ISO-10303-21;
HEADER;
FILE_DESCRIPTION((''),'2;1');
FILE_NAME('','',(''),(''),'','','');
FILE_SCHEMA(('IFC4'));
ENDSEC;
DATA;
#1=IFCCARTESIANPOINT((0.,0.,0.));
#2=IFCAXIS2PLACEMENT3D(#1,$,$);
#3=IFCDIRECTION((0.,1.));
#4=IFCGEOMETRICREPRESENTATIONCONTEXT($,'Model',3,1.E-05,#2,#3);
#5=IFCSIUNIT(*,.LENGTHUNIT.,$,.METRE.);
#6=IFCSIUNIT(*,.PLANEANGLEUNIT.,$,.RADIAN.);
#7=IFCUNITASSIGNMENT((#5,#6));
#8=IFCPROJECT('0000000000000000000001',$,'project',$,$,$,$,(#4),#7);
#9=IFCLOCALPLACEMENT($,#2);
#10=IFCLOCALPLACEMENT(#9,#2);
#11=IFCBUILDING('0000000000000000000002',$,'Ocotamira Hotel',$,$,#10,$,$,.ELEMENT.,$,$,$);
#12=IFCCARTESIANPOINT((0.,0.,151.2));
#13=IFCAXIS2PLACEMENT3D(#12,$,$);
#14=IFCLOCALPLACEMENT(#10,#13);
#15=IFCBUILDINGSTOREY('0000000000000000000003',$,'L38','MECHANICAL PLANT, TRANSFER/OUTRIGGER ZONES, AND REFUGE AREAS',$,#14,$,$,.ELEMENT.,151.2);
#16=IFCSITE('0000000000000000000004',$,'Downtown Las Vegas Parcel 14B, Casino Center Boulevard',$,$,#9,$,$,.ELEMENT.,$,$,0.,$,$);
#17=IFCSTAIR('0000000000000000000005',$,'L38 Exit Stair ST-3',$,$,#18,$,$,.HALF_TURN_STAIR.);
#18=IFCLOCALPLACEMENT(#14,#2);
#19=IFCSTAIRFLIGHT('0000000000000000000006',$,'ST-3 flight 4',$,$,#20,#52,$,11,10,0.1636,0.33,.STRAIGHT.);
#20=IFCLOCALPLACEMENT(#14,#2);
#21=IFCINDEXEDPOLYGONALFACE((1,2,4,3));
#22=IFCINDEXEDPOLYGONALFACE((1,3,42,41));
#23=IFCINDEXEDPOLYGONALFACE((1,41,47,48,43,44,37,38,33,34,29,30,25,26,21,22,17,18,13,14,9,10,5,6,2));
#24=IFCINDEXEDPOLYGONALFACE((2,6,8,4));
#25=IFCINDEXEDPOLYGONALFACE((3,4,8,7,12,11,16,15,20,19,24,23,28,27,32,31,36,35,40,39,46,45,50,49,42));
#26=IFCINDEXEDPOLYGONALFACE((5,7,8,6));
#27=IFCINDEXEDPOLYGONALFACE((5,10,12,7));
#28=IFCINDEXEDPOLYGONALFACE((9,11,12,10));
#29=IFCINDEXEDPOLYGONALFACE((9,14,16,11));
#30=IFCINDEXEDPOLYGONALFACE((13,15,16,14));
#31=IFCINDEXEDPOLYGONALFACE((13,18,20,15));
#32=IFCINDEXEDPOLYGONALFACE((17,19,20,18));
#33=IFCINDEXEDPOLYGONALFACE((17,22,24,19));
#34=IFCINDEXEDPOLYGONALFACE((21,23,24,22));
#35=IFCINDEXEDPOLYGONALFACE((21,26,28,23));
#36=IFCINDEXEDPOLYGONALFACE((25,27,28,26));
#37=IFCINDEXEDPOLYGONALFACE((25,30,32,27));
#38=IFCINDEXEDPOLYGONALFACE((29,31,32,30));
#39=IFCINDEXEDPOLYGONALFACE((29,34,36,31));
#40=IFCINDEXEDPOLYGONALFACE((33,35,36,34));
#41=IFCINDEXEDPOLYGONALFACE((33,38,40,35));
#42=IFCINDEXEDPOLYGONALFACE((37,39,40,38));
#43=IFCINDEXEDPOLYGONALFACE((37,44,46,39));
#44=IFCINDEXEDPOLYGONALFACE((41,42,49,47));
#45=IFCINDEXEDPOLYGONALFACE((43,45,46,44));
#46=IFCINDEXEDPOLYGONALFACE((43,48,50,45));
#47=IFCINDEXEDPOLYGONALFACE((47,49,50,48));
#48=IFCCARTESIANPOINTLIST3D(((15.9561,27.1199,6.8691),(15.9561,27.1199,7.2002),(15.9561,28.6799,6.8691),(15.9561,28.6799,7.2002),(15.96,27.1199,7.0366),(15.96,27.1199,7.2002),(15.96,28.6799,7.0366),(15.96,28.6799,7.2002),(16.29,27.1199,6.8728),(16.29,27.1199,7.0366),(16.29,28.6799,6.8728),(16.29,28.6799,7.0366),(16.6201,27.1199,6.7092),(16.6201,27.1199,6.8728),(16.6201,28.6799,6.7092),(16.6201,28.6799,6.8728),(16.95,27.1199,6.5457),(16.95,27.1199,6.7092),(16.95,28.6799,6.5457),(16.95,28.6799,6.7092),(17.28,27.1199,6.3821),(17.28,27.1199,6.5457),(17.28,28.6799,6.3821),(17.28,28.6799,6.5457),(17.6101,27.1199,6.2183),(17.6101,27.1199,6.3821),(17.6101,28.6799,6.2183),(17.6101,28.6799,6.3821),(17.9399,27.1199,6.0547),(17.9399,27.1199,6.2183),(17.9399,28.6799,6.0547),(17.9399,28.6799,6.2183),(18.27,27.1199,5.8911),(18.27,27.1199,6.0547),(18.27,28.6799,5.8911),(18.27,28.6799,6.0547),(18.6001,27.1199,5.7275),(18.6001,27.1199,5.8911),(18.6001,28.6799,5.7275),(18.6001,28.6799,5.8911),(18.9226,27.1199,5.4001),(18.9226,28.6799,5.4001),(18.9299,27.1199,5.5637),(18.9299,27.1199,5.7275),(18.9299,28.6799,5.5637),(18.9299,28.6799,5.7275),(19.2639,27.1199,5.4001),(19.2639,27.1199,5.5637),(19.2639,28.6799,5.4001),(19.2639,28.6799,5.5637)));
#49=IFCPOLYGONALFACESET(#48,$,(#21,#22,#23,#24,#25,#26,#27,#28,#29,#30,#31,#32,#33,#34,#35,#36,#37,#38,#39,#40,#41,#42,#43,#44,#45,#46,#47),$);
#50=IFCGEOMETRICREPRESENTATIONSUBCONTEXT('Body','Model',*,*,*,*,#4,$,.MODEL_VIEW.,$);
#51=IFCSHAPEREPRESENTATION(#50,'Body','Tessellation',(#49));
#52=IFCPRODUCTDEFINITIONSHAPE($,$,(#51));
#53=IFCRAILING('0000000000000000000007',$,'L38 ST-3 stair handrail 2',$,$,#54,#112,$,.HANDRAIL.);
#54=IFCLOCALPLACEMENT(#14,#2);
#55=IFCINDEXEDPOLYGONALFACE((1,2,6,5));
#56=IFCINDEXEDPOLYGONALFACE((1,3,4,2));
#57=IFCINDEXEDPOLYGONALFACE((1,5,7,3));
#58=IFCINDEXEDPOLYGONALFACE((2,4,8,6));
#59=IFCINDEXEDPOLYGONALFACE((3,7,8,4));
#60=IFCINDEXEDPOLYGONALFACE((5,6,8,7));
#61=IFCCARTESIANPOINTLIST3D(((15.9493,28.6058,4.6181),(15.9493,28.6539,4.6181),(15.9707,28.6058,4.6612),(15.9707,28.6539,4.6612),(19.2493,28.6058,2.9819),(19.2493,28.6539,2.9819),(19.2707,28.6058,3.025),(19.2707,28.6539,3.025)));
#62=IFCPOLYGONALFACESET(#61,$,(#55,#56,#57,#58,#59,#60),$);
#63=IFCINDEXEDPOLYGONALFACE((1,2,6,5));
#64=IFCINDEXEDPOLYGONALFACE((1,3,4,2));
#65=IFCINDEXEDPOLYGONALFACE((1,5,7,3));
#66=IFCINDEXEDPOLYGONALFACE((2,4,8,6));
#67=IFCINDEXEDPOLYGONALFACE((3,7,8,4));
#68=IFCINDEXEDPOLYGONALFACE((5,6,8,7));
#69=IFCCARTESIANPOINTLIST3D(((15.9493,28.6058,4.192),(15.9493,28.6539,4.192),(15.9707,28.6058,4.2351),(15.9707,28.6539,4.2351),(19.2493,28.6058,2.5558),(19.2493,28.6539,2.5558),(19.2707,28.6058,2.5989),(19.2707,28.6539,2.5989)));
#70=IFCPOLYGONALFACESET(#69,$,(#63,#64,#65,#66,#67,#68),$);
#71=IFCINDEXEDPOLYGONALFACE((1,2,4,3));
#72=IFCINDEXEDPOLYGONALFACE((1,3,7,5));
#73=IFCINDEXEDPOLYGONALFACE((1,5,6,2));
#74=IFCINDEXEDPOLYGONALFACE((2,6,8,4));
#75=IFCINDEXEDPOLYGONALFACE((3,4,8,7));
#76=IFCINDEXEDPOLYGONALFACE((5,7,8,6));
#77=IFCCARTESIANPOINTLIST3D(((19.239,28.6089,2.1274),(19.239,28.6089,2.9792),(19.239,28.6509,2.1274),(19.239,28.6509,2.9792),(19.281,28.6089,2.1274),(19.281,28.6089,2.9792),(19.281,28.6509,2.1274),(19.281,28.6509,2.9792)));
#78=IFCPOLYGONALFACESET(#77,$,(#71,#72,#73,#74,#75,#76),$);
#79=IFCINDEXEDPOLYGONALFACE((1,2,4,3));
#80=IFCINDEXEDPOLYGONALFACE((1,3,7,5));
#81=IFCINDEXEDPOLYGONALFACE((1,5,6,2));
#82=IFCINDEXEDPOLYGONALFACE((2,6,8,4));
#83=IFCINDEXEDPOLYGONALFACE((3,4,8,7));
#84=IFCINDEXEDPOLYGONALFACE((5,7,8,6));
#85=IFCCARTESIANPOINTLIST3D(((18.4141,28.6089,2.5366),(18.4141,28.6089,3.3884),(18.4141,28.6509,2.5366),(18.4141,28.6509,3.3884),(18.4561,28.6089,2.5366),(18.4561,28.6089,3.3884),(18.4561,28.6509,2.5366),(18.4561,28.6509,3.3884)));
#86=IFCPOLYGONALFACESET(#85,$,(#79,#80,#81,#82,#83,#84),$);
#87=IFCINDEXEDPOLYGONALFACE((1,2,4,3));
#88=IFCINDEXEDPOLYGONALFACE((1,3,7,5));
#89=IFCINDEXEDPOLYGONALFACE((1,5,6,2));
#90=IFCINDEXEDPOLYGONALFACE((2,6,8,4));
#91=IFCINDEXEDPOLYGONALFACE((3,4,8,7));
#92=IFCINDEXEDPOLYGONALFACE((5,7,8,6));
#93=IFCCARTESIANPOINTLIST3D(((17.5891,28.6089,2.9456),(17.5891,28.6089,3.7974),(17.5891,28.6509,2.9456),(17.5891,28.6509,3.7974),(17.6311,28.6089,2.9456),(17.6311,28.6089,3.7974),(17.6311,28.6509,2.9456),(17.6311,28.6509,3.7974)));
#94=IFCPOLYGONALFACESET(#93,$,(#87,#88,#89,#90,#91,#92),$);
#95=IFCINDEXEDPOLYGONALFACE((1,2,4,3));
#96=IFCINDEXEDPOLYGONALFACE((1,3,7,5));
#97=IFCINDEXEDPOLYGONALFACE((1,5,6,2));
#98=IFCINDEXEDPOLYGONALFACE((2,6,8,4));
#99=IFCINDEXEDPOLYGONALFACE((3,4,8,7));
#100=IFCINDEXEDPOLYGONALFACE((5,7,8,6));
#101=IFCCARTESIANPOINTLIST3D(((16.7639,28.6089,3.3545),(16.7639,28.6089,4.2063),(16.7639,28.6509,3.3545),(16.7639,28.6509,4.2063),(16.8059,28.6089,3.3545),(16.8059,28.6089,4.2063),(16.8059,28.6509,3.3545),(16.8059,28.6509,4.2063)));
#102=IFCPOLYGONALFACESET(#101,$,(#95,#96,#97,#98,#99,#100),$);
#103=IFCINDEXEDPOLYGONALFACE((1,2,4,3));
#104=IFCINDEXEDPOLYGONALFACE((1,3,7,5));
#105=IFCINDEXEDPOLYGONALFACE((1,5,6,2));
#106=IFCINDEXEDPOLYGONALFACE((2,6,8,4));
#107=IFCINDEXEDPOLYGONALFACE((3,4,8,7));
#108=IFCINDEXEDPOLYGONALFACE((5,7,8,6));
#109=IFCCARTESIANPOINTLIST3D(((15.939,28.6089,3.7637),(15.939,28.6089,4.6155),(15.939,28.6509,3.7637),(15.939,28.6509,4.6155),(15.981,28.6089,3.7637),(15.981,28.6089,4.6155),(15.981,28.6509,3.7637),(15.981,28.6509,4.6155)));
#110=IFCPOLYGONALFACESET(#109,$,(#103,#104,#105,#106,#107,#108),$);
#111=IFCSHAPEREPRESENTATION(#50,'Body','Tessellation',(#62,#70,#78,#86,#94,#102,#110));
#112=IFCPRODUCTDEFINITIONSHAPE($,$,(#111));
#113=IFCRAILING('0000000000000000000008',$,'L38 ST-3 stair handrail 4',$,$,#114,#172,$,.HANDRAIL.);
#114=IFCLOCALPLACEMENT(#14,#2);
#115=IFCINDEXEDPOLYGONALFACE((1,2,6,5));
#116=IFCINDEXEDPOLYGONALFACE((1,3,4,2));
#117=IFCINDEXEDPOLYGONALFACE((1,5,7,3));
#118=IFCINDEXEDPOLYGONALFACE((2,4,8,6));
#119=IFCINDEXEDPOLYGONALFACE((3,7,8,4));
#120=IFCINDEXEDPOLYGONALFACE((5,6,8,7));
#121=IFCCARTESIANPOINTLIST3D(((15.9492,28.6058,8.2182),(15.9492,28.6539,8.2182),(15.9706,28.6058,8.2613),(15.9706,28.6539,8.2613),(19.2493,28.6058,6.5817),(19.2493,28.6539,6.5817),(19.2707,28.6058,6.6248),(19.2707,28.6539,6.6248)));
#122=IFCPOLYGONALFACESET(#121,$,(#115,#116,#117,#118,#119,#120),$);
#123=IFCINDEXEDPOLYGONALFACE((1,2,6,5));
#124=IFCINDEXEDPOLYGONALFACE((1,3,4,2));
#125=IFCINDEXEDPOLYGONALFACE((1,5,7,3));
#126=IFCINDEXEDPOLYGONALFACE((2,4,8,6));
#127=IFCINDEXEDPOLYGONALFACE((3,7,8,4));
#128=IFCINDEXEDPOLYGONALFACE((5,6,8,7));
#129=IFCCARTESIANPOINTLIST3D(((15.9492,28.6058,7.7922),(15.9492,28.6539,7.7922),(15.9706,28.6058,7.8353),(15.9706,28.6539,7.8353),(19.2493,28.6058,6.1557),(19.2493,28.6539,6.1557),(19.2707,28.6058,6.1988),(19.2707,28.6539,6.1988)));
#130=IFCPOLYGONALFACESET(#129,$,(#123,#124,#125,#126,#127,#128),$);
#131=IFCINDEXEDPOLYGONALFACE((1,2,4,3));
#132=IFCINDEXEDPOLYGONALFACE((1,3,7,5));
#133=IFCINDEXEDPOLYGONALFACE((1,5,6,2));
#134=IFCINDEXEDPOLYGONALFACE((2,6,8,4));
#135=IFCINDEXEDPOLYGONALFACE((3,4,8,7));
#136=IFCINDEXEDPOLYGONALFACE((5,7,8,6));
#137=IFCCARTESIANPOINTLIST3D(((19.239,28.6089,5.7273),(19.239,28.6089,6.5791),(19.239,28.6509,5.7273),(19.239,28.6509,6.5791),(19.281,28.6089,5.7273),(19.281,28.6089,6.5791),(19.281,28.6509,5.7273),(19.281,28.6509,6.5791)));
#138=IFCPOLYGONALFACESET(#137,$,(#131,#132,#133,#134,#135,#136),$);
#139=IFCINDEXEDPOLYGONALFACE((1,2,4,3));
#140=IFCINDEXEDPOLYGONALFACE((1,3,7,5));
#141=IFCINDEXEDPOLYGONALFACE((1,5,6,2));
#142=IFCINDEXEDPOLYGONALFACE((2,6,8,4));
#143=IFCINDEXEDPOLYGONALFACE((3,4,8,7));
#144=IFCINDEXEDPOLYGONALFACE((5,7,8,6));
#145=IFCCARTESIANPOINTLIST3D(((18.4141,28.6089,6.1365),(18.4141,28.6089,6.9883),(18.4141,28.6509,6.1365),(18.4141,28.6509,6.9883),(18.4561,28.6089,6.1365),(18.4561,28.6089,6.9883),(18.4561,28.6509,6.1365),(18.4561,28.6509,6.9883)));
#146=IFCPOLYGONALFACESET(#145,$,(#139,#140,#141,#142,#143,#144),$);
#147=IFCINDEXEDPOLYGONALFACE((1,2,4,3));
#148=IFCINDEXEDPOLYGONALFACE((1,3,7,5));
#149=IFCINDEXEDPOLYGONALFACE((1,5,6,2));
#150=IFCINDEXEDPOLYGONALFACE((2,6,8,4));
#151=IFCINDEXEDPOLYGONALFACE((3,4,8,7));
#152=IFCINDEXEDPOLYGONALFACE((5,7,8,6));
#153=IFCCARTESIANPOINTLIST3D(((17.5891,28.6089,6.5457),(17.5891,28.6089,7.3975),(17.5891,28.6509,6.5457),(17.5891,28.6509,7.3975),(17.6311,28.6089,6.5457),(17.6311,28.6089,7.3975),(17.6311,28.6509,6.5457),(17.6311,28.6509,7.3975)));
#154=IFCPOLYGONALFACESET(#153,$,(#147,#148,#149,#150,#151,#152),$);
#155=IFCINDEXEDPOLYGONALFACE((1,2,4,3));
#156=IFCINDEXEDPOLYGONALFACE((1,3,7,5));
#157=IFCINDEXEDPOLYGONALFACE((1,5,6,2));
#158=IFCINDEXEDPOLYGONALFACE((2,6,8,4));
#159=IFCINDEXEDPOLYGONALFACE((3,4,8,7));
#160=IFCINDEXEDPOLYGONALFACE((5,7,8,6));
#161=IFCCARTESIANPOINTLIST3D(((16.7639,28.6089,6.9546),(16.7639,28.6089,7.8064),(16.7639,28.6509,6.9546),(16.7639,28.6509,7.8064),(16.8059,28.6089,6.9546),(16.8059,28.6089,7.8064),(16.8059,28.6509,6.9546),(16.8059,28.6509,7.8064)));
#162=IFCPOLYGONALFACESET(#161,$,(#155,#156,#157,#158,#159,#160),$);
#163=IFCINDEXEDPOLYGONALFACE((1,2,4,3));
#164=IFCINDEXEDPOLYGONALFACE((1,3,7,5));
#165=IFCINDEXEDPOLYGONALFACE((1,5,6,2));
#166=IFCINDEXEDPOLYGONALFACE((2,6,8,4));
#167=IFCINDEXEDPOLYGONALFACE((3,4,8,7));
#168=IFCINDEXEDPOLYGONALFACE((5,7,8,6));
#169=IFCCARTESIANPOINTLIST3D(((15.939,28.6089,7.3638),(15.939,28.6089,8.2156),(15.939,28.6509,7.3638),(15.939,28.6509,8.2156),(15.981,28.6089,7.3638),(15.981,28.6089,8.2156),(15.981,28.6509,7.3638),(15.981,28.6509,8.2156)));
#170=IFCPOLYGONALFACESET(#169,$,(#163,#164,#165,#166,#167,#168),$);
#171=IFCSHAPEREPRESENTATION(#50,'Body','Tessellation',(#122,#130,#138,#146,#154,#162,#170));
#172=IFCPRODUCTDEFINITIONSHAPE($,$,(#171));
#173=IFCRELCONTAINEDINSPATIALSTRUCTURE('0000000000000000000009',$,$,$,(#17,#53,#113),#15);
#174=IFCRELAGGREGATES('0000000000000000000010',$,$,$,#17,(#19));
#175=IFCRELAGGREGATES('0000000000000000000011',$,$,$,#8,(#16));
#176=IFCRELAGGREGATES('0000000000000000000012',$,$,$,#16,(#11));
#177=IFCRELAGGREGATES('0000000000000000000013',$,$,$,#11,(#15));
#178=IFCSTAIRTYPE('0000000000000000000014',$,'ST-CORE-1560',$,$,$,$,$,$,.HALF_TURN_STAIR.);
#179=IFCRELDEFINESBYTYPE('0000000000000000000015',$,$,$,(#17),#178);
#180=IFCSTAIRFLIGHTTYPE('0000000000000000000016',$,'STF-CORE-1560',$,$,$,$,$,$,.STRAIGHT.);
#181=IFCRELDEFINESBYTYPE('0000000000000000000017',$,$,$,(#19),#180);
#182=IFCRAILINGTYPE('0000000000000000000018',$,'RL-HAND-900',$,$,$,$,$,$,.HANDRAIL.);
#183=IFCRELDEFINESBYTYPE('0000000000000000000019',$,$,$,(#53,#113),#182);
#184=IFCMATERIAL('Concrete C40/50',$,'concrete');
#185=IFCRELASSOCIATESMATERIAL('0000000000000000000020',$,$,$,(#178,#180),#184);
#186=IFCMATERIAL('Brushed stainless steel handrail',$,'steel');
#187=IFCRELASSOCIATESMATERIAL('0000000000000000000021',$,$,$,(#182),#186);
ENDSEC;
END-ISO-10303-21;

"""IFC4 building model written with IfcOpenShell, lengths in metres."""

from ifc_helpers import new_model, si_unit, direction, frame, origin, origin_2d, place, context, subcontext, project, spatial, polyline, rectangle, outline, extrude, source, transform, mapped, material, type_object, element, aggregate, save


model = new_model("IFC4")

# Units and contexts
model_context = context("Model", 3, precision=1e-05, world=origin(), true_north=direction((0.0, 1.0)))
body_context = subcontext(model_context, "Body", "Model", "MODEL_VIEW")
ifc_project = project(units=[si_unit("LENGTHUNIT", "METRE"), si_unit("PLANEANGLEUNIT", "RADIAN")], contexts=[model_context])

# Site, building, storey
site_placement = place(None, origin())
site = spatial("IfcSite", under=ifc_project, at=site_placement, Name="Downtown Las Vegas Parcel 14B, Casino Center Boulevard", CompositionType="ELEMENT", RefElevation=0.0)
building_placement = place(site_placement, origin())
building = spatial("IfcBuilding", under=site, at=building_placement, Name="Ocotamira Hotel", CompositionType="ELEMENT")
storey_placement = place(building_placement, frame((0.0, 0.0, 151.2)))
storey = spatial("IfcBuildingStorey", under=building, at=storey_placement, Name="L38", Description="MECHANICAL PLANT, TRANSFER/OUTRIGGER ZONES, AND REFUGE AREAS", CompositionType="ELEMENT", Elevation=151.2)

# Stair, stair flight
ifc_material_1 = material(Name="Concrete C40/50", Category="concrete")
stair_type = type_object("IfcStairType", Name="ST-CORE-1560", PredefinedType="HALF_TURN_STAIR", material=ifc_material_1)
stair_flight_type = type_object("IfcStairFlightType", Name="STF-CORE-1560", PredefinedType="STRAIGHT", material=ifc_material_1)
shared_shape_1 = source(origin(), body_context, "Body", "SweptSolid", [
    extrude(outline(polyline([(-0.0039, 0.0), (-0.0039, 0.1636), (0.3301, 0.1636), (0.3301, 0.3274), (0.6599, 0.3274), (0.6599, 0.491), (0.99, 0.491), (0.99, 0.6545), (1.3201, 0.6545), (1.3201, 0.8181), (1.6499, 0.8181), (1.6499, 0.9819), (1.98, 0.9819), (1.98, 1.1455), (2.3101, 1.1455), (2.3101, 1.3091), (2.6399, 1.3091), (2.6399, 1.4727), (2.97, 1.4727), (2.97, 1.6365), (3.3, 1.6365), (3.3, 1.8), (3.304, 1.8), (3.304, 1.469), (0.3374, 0.0), (-0.0039, 0.0)])), frame((0.0, 0.78, 0.0), z_axis=(0.0, -1.0, 0.0), x_axis=(1.0, 0.0, 0.0)), (0.0, 0.0, 1.0), 1.5601),
])
stair_1_placement = place(storey_placement, origin())
stair_1 = element("IfcStair", 1, at=stair_1_placement, inside=storey, type_object=stair_type, Name="L38 Exit Stair ST-3", PredefinedType="HALF_TURN_STAIR")
stair_flight_1_placement = place(storey_placement, frame((19.26, 27.8999, 5.4001), z_axis=(0.0, 0.0, 1.0), x_axis=(-1.0, 0.0, 0.0)))
stair_flight_1 = element("IfcStairFlight", 2, at=stair_flight_1_placement, type_object=stair_flight_type, Name="ST-3 flight 4", NumberOfRisers=11, NumberOfTreads=10, PredefinedType="STRAIGHT", RiserHeight=0.1636, TreadLength=0.33, context=body_context, shape_type="MappedRepresentation", body=[
    mapped(shared_shape_1, transform((0.0, 0.0, 0.0), scale=1.0)),
])
aggregate(stair_1, [stair_flight_1])

# Railings
ifc_material_2 = material(Name="Brushed stainless steel handrail", Category="steel")
railing_type_1 = type_object("IfcRailingType", Name="RL-HAND-900", PredefinedType="HANDRAIL", material=ifc_material_2)
railing_1_placement = place(storey_placement, frame((19.26, 28.6299, 2.1274)))
element("IfcRailing", 3, at=railing_1_placement, inside=storey, type_object=railing_type_1, Name="L38 ST-3 stair handrail 2", PredefinedType="HANDRAIL", context=body_context, shape_type="SweptSolid", body=[
    extrude(rectangle(XDim=0.0481, YDim=0.0481, at=origin_2d()), frame((0.0, 0.0, 0.876), z_axis=(-0.89592, 0.0, 0.444215), x_axis=(0.0, -1.0, 0.0)), (0.0, 0.0, 1.0), 3.6833),
    extrude(rectangle(XDim=0.0481, YDim=0.0481, at=origin_2d()), frame((0.0, 0.0, 0.45), z_axis=(-0.89592, 0.0, 0.444215), x_axis=(0.0, -1.0, 0.0)), (0.0, 0.0, 1.0), 3.6833),
    extrude(rectangle(XDim=0.042, YDim=0.042, at=origin_2d()), origin(), (0.0, 0.0, 1.0), 0.8518),
    extrude(rectangle(XDim=0.042, YDim=0.042, at=origin_2d()), frame((-0.825, 0.0, 0.4092)), (0.0, 0.0, 1.0), 0.8518),
    extrude(rectangle(XDim=0.042, YDim=0.042, at=origin_2d()), frame((-1.6499, 0.0, 0.8181)), (0.0, 0.0, 1.0), 0.8518),
    extrude(rectangle(XDim=0.042, YDim=0.042, at=origin_2d()), frame((-2.4751, 0.0, 1.2271)), (0.0, 0.0, 1.0), 0.8518),
    extrude(rectangle(XDim=0.042, YDim=0.042, at=origin_2d()), frame((-3.3, 0.0, 1.6362)), (0.0, 0.0, 1.0), 0.8518),
])
railing_2_placement = place(storey_placement, frame((19.26, 28.6299, 5.7273)))
element("IfcRailing", 4, at=railing_2_placement, inside=storey, type_object=railing_type_1, Name="L38 ST-3 stair handrail 4", PredefinedType="HANDRAIL", context=body_context, shape_type="SweptSolid", body=[
    extrude(rectangle(XDim=0.0481, YDim=0.0481, at=origin_2d()), frame((0.0, 0.0, 0.876), z_axis=(-0.895894, 0.0, 0.444268), x_axis=(0.0, -1.0, 0.0)), (0.0, 0.0, 1.0), 3.6836),
    extrude(rectangle(XDim=0.0481, YDim=0.0481, at=origin_2d()), frame((0.0, 0.0, 0.45), z_axis=(-0.895894, 0.0, 0.444268), x_axis=(0.0, -1.0, 0.0)), (0.0, 0.0, 1.0), 3.6836),
    extrude(rectangle(XDim=0.042, YDim=0.042, at=origin_2d()), origin(), (0.0, 0.0, 1.0), 0.8518),
    extrude(rectangle(XDim=0.042, YDim=0.042, at=origin_2d()), frame((-0.825, 0.0, 0.4092)), (0.0, 0.0, 1.0), 0.8518),
    extrude(rectangle(XDim=0.042, YDim=0.042, at=origin_2d()), frame((-1.6499, 0.0, 0.8184)), (0.0, 0.0, 1.0), 0.8518),
    extrude(rectangle(XDim=0.042, YDim=0.042, at=origin_2d()), frame((-2.4751, 0.0, 1.2273)), (0.0, 0.0, 1.0), 0.8518),
    extrude(rectangle(XDim=0.042, YDim=0.042, at=origin_2d()), frame((-3.3, 0.0, 1.6365)), (0.0, 0.0, 1.0), 0.8518),
])

save(model, "model.ifc")
